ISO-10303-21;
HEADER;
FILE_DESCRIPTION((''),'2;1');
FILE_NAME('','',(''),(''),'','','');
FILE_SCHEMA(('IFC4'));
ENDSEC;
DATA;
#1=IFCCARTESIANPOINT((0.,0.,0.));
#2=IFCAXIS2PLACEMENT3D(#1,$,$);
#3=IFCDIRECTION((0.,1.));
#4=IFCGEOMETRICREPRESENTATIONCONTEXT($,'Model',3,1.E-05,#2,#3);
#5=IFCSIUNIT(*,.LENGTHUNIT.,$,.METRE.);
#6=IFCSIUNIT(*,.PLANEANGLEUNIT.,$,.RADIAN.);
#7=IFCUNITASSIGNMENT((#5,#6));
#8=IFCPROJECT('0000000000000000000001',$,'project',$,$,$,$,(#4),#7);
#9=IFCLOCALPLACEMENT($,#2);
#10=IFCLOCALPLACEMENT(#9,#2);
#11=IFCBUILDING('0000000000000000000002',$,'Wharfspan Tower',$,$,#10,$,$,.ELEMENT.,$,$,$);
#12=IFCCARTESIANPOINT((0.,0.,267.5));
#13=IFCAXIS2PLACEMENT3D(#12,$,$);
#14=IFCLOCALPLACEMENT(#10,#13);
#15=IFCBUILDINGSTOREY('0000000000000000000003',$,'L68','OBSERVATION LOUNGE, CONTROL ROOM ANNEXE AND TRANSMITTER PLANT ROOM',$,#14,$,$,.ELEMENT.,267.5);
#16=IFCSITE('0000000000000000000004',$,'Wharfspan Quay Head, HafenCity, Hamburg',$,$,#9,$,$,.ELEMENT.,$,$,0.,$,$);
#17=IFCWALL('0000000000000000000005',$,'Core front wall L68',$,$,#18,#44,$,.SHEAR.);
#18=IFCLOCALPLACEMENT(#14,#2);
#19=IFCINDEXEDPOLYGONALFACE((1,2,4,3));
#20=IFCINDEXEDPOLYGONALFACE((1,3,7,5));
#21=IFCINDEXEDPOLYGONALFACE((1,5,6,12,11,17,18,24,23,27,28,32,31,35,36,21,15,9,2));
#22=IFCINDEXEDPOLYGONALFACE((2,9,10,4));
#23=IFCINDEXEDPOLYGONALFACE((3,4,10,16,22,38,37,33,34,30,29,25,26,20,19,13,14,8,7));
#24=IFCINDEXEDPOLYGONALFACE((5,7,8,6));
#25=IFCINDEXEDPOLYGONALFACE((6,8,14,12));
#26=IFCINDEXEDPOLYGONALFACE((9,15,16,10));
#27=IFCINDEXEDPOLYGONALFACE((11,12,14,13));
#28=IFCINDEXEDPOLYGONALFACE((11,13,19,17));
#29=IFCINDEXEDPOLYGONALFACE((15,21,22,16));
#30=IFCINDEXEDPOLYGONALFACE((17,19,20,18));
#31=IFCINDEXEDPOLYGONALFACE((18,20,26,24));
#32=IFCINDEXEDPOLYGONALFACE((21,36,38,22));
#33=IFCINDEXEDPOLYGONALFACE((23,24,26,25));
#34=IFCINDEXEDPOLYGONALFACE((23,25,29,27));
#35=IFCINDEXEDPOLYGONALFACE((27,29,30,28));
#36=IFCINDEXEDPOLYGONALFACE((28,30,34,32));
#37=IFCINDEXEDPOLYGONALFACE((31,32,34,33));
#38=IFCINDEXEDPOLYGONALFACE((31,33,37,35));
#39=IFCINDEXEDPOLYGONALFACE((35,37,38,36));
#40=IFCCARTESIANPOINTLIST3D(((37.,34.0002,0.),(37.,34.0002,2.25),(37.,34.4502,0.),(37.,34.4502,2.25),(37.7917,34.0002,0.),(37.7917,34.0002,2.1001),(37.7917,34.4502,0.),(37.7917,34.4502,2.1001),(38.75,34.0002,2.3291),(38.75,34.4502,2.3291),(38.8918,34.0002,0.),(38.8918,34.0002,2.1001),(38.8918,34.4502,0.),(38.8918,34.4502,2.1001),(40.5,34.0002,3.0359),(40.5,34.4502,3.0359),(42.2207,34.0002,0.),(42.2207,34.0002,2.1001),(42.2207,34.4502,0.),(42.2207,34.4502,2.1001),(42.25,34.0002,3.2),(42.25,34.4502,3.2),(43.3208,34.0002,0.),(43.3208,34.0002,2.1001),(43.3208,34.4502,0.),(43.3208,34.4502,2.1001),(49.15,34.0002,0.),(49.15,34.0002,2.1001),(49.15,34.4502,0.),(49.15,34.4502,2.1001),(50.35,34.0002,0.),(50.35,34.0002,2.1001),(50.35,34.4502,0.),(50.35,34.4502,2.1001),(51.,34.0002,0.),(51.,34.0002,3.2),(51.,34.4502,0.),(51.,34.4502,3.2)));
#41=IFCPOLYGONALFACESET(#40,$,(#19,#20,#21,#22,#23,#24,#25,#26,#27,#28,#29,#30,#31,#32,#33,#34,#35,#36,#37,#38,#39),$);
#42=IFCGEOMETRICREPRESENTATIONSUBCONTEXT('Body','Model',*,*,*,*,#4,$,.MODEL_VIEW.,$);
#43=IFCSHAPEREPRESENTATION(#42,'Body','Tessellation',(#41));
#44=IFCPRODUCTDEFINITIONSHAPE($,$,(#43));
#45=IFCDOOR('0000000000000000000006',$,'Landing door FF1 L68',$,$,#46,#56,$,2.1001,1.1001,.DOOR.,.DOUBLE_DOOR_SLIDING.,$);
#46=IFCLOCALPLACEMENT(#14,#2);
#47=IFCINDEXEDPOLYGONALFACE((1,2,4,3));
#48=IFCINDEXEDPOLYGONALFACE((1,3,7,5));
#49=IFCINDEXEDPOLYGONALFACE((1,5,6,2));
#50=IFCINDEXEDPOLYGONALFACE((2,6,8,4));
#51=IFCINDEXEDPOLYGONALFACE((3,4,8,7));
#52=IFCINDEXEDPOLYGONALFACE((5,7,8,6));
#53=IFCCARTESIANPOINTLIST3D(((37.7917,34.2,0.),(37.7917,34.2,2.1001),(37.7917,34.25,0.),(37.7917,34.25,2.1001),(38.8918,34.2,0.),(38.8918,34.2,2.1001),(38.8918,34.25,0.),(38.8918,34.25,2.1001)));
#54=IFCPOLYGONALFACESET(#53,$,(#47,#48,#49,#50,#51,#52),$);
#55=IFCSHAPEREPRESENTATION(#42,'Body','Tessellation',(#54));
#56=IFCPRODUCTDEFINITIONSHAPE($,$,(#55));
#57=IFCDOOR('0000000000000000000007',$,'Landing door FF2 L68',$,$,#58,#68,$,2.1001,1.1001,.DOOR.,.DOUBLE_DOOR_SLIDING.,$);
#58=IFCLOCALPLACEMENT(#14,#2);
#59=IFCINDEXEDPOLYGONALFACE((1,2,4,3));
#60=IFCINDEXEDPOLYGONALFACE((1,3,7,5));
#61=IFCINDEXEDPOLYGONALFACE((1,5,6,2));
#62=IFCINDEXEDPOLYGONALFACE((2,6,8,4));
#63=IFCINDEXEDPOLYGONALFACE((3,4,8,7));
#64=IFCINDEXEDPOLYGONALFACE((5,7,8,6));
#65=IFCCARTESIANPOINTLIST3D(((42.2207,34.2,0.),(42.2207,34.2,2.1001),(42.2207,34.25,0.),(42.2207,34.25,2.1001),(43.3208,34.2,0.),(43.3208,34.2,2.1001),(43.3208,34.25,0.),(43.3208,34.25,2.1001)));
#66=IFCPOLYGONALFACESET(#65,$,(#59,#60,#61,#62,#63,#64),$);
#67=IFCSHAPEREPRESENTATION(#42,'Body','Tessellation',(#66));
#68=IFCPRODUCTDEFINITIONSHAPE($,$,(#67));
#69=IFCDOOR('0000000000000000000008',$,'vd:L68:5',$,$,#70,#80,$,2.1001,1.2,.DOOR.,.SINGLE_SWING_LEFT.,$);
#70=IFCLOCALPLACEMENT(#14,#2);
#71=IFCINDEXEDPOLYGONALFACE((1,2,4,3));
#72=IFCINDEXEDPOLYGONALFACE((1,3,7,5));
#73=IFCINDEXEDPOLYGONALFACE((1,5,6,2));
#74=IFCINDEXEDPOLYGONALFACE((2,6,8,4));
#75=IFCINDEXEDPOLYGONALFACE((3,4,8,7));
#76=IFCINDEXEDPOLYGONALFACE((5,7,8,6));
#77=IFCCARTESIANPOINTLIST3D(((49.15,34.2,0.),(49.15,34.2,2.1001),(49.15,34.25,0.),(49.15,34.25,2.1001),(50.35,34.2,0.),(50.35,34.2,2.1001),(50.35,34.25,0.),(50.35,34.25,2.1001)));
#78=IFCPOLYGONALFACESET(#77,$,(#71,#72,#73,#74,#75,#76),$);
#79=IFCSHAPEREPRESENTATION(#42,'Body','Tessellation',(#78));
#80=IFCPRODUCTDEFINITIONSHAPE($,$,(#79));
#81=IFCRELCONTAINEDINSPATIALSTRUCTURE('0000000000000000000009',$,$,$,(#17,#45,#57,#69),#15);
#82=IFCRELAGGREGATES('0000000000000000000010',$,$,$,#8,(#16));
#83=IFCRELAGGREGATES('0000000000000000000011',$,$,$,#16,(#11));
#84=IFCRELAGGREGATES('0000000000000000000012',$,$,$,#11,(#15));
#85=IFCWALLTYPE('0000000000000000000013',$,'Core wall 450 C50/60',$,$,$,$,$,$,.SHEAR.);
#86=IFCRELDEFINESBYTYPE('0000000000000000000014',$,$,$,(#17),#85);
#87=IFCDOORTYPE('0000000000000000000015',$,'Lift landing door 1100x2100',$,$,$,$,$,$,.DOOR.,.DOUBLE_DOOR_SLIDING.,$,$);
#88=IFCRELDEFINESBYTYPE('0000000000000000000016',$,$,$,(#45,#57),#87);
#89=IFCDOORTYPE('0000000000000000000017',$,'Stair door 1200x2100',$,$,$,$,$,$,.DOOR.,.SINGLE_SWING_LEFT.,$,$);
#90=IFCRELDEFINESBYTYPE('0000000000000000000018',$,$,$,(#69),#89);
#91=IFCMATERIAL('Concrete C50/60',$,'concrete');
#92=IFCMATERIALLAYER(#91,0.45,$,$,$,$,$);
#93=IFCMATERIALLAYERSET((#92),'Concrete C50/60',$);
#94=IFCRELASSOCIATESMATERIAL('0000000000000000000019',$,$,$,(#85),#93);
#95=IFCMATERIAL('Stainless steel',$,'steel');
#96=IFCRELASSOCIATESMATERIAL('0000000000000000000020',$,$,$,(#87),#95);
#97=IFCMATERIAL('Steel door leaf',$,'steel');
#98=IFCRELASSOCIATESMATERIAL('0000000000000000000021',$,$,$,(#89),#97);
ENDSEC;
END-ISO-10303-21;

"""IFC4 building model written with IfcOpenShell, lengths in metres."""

from ifc_helpers import new_model, si_unit, direction, frame, frame_2d, origin, place, context, subcontext, project, spatial, polyline, rectangle, outline, extrude, material, layer, layer_set, type_object, element, fill, save


model = new_model("IFC4")

# Units and contexts
model_context = context("Model", 3, precision=1e-05, world=origin(), true_north=direction((0.0, 1.0)))
body_context = subcontext(model_context, "Body", "Model", "MODEL_VIEW")
ifc_project = project(units=[si_unit("LENGTHUNIT", "METRE"), si_unit("PLANEANGLEUNIT", "RADIAN")], contexts=[model_context])

# Site, building, storey
site_placement = place(None, origin())
site = spatial("IfcSite", under=ifc_project, at=site_placement, Name="Wharfspan Quay Head, HafenCity, Hamburg", CompositionType="ELEMENT", RefElevation=0.0)
building_placement = place(site_placement, origin())
building = spatial("IfcBuilding", under=site, at=building_placement, Name="Wharfspan Tower", CompositionType="ELEMENT")
storey_placement = place(building_placement, frame((0.0, 0.0, 267.5)))
storey = spatial("IfcBuildingStorey", under=building, at=storey_placement, Name="L68", Description="OBSERVATION LOUNGE, CONTROL ROOM ANNEXE AND TRANSMITTER PLANT ROOM", CompositionType="ELEMENT", Elevation=267.5)

# Wall, openings, doors
ifc_material_1 = material(Name="Concrete C50/60", Category="concrete")
ifc_layer_1 = layer(ifc_material_1, 0.45)
ifc_layer_set_1 = layer_set([ifc_layer_1], Name="Concrete C50/60")
wall_type = type_object("IfcWallType", Name="Core wall 450 C50/60", PredefinedType="SHEAR", material=ifc_layer_set_1)
wall_placement = place(storey_placement, frame((37.0, 34.2251, 0.0), z_axis=(0.0, 0.0, 1.0), x_axis=(1.0, 0.0, 0.0)))
wall = element("IfcWall", 1, at=wall_placement, inside=storey, type_object=wall_type, Name="Core front wall L68", PredefinedType="SHEAR", context=body_context, shape_type="SweptSolid", body=[
    extrude(outline(polyline([(0.0, 0.0), (14.0, 0.0), (14.0, 3.2), (12.25, 3.2), (10.5, 3.2), (8.75, 3.2), (7.0, 3.2), (5.25, 3.2), (3.5, 3.0359), (1.75, 2.3291), (0.0, 2.25), (0.0, 0.0)])), frame((0.0, 0.2251, 0.0), z_axis=(0.0, -1.0, 0.0), x_axis=(1.0, 0.0, 0.0)), (0.0, 0.0, 1.0), 0.45),
])
opening_1_placement = place(wall_placement, frame((0.7917, 0.0, 0.0)))
opening_1 = element("IfcOpeningElement", 2, at=opening_1_placement, cuts=wall, PredefinedType="OPENING", context=body_context, shape_type="SweptSolid", body=[
    extrude(rectangle(XDim=1.1001, YDim=2.1001, at=frame_2d((0.55, 1.05))), frame((0.0, 0.2349, 0.0), z_axis=(0.0, -1.0, 0.0), x_axis=(1.0, 0.0, 0.0)), (0.0, 0.0, 1.0), 0.47),
])
opening_2_placement = place(wall_placement, frame((5.2207, 0.0, 0.0)))
opening_2 = element("IfcOpeningElement", 3, at=opening_2_placement, cuts=wall, PredefinedType="OPENING", context=body_context, shape_type="SweptSolid", body=[
    extrude(rectangle(XDim=1.1001, YDim=2.1001, at=frame_2d((0.55, 1.05))), frame((0.0, 0.2349, 0.0), z_axis=(0.0, -1.0, 0.0), x_axis=(1.0, 0.0, 0.0)), (0.0, 0.0, 1.0), 0.47),
])
opening_3_placement = place(wall_placement, frame((12.1499, 0.0, 0.0)))
opening_3 = element("IfcOpeningElement", 4, at=opening_3_placement, cuts=wall, PredefinedType="OPENING", context=body_context, shape_type="SweptSolid", body=[
    extrude(rectangle(XDim=1.2, YDim=2.1001, at=frame_2d((0.6001, 1.05))), frame((0.0, 0.2349, 0.0), z_axis=(0.0, -1.0, 0.0), x_axis=(1.0, 0.0, 0.0)), (0.0, 0.0, 1.0), 0.47),
])
ifc_material_2 = material(Name="Stainless steel", Category="steel")
door_type_1 = type_object("IfcDoorType", Name="Lift landing door 1100x2100", OperationType="DOUBLE_DOOR_SLIDING", PredefinedType="DOOR", material=ifc_material_2)
door_1_placement = place(opening_1_placement, origin())
door_1 = element("IfcDoor", 5, at=door_1_placement, inside=storey, type_object=door_type_1, Name="Landing door FF1 L68", OperationType="DOUBLE_DOOR_SLIDING", OverallHeight=2.1001, OverallWidth=1.1001, PredefinedType="DOOR", context=body_context, shape_type="SweptSolid", body=[
    extrude(rectangle(XDim=1.1001, YDim=2.1001, at=frame_2d((0.55, 1.05))), frame((0.0, 0.0249, 0.0), z_axis=(0.0, -1.0, 0.0), x_axis=(1.0, 0.0, 0.0)), (0.0, 0.0, 1.0), 0.05),
])
fill(opening_1, door_1)
door_2_placement = place(opening_2_placement, origin())
door_2 = element("IfcDoor", 6, at=door_2_placement, inside=storey, type_object=door_type_1, Name="Landing door FF2 L68", OperationType="DOUBLE_DOOR_SLIDING", OverallHeight=2.1001, OverallWidth=1.1001, PredefinedType="DOOR", context=body_context, shape_type="SweptSolid", body=[
    extrude(rectangle(XDim=1.1001, YDim=2.1001, at=frame_2d((0.55, 1.05))), frame((0.0, 0.0249, 0.0), z_axis=(0.0, -1.0, 0.0), x_axis=(1.0, 0.0, 0.0)), (0.0, 0.0, 1.0), 0.05),
])
fill(opening_2, door_2)
ifc_material_3 = material(Name="Steel door leaf", Category="steel")
door_type_2 = type_object("IfcDoorType", Name="Stair door 1200x2100", OperationType="SINGLE_SWING_LEFT", PredefinedType="DOOR", material=ifc_material_3)
door_3_placement = place(opening_3_placement, origin())
door_3 = element("IfcDoor", 7, at=door_3_placement, inside=storey, type_object=door_type_2, Name="vd:L68:5", OperationType="SINGLE_SWING_LEFT", OverallHeight=2.1001, OverallWidth=1.2, PredefinedType="DOOR", context=body_context, shape_type="SweptSolid", body=[
    extrude(rectangle(XDim=1.2, YDim=2.1001, at=frame_2d((0.6001, 1.05))), frame((0.0, 0.0249, 0.0), z_axis=(0.0, -1.0, 0.0), x_axis=(1.0, 0.0, 0.0)), (0.0, 0.0, 1.0), 0.05),
])
fill(opening_3, door_3)

save(model, "model.ifc")
